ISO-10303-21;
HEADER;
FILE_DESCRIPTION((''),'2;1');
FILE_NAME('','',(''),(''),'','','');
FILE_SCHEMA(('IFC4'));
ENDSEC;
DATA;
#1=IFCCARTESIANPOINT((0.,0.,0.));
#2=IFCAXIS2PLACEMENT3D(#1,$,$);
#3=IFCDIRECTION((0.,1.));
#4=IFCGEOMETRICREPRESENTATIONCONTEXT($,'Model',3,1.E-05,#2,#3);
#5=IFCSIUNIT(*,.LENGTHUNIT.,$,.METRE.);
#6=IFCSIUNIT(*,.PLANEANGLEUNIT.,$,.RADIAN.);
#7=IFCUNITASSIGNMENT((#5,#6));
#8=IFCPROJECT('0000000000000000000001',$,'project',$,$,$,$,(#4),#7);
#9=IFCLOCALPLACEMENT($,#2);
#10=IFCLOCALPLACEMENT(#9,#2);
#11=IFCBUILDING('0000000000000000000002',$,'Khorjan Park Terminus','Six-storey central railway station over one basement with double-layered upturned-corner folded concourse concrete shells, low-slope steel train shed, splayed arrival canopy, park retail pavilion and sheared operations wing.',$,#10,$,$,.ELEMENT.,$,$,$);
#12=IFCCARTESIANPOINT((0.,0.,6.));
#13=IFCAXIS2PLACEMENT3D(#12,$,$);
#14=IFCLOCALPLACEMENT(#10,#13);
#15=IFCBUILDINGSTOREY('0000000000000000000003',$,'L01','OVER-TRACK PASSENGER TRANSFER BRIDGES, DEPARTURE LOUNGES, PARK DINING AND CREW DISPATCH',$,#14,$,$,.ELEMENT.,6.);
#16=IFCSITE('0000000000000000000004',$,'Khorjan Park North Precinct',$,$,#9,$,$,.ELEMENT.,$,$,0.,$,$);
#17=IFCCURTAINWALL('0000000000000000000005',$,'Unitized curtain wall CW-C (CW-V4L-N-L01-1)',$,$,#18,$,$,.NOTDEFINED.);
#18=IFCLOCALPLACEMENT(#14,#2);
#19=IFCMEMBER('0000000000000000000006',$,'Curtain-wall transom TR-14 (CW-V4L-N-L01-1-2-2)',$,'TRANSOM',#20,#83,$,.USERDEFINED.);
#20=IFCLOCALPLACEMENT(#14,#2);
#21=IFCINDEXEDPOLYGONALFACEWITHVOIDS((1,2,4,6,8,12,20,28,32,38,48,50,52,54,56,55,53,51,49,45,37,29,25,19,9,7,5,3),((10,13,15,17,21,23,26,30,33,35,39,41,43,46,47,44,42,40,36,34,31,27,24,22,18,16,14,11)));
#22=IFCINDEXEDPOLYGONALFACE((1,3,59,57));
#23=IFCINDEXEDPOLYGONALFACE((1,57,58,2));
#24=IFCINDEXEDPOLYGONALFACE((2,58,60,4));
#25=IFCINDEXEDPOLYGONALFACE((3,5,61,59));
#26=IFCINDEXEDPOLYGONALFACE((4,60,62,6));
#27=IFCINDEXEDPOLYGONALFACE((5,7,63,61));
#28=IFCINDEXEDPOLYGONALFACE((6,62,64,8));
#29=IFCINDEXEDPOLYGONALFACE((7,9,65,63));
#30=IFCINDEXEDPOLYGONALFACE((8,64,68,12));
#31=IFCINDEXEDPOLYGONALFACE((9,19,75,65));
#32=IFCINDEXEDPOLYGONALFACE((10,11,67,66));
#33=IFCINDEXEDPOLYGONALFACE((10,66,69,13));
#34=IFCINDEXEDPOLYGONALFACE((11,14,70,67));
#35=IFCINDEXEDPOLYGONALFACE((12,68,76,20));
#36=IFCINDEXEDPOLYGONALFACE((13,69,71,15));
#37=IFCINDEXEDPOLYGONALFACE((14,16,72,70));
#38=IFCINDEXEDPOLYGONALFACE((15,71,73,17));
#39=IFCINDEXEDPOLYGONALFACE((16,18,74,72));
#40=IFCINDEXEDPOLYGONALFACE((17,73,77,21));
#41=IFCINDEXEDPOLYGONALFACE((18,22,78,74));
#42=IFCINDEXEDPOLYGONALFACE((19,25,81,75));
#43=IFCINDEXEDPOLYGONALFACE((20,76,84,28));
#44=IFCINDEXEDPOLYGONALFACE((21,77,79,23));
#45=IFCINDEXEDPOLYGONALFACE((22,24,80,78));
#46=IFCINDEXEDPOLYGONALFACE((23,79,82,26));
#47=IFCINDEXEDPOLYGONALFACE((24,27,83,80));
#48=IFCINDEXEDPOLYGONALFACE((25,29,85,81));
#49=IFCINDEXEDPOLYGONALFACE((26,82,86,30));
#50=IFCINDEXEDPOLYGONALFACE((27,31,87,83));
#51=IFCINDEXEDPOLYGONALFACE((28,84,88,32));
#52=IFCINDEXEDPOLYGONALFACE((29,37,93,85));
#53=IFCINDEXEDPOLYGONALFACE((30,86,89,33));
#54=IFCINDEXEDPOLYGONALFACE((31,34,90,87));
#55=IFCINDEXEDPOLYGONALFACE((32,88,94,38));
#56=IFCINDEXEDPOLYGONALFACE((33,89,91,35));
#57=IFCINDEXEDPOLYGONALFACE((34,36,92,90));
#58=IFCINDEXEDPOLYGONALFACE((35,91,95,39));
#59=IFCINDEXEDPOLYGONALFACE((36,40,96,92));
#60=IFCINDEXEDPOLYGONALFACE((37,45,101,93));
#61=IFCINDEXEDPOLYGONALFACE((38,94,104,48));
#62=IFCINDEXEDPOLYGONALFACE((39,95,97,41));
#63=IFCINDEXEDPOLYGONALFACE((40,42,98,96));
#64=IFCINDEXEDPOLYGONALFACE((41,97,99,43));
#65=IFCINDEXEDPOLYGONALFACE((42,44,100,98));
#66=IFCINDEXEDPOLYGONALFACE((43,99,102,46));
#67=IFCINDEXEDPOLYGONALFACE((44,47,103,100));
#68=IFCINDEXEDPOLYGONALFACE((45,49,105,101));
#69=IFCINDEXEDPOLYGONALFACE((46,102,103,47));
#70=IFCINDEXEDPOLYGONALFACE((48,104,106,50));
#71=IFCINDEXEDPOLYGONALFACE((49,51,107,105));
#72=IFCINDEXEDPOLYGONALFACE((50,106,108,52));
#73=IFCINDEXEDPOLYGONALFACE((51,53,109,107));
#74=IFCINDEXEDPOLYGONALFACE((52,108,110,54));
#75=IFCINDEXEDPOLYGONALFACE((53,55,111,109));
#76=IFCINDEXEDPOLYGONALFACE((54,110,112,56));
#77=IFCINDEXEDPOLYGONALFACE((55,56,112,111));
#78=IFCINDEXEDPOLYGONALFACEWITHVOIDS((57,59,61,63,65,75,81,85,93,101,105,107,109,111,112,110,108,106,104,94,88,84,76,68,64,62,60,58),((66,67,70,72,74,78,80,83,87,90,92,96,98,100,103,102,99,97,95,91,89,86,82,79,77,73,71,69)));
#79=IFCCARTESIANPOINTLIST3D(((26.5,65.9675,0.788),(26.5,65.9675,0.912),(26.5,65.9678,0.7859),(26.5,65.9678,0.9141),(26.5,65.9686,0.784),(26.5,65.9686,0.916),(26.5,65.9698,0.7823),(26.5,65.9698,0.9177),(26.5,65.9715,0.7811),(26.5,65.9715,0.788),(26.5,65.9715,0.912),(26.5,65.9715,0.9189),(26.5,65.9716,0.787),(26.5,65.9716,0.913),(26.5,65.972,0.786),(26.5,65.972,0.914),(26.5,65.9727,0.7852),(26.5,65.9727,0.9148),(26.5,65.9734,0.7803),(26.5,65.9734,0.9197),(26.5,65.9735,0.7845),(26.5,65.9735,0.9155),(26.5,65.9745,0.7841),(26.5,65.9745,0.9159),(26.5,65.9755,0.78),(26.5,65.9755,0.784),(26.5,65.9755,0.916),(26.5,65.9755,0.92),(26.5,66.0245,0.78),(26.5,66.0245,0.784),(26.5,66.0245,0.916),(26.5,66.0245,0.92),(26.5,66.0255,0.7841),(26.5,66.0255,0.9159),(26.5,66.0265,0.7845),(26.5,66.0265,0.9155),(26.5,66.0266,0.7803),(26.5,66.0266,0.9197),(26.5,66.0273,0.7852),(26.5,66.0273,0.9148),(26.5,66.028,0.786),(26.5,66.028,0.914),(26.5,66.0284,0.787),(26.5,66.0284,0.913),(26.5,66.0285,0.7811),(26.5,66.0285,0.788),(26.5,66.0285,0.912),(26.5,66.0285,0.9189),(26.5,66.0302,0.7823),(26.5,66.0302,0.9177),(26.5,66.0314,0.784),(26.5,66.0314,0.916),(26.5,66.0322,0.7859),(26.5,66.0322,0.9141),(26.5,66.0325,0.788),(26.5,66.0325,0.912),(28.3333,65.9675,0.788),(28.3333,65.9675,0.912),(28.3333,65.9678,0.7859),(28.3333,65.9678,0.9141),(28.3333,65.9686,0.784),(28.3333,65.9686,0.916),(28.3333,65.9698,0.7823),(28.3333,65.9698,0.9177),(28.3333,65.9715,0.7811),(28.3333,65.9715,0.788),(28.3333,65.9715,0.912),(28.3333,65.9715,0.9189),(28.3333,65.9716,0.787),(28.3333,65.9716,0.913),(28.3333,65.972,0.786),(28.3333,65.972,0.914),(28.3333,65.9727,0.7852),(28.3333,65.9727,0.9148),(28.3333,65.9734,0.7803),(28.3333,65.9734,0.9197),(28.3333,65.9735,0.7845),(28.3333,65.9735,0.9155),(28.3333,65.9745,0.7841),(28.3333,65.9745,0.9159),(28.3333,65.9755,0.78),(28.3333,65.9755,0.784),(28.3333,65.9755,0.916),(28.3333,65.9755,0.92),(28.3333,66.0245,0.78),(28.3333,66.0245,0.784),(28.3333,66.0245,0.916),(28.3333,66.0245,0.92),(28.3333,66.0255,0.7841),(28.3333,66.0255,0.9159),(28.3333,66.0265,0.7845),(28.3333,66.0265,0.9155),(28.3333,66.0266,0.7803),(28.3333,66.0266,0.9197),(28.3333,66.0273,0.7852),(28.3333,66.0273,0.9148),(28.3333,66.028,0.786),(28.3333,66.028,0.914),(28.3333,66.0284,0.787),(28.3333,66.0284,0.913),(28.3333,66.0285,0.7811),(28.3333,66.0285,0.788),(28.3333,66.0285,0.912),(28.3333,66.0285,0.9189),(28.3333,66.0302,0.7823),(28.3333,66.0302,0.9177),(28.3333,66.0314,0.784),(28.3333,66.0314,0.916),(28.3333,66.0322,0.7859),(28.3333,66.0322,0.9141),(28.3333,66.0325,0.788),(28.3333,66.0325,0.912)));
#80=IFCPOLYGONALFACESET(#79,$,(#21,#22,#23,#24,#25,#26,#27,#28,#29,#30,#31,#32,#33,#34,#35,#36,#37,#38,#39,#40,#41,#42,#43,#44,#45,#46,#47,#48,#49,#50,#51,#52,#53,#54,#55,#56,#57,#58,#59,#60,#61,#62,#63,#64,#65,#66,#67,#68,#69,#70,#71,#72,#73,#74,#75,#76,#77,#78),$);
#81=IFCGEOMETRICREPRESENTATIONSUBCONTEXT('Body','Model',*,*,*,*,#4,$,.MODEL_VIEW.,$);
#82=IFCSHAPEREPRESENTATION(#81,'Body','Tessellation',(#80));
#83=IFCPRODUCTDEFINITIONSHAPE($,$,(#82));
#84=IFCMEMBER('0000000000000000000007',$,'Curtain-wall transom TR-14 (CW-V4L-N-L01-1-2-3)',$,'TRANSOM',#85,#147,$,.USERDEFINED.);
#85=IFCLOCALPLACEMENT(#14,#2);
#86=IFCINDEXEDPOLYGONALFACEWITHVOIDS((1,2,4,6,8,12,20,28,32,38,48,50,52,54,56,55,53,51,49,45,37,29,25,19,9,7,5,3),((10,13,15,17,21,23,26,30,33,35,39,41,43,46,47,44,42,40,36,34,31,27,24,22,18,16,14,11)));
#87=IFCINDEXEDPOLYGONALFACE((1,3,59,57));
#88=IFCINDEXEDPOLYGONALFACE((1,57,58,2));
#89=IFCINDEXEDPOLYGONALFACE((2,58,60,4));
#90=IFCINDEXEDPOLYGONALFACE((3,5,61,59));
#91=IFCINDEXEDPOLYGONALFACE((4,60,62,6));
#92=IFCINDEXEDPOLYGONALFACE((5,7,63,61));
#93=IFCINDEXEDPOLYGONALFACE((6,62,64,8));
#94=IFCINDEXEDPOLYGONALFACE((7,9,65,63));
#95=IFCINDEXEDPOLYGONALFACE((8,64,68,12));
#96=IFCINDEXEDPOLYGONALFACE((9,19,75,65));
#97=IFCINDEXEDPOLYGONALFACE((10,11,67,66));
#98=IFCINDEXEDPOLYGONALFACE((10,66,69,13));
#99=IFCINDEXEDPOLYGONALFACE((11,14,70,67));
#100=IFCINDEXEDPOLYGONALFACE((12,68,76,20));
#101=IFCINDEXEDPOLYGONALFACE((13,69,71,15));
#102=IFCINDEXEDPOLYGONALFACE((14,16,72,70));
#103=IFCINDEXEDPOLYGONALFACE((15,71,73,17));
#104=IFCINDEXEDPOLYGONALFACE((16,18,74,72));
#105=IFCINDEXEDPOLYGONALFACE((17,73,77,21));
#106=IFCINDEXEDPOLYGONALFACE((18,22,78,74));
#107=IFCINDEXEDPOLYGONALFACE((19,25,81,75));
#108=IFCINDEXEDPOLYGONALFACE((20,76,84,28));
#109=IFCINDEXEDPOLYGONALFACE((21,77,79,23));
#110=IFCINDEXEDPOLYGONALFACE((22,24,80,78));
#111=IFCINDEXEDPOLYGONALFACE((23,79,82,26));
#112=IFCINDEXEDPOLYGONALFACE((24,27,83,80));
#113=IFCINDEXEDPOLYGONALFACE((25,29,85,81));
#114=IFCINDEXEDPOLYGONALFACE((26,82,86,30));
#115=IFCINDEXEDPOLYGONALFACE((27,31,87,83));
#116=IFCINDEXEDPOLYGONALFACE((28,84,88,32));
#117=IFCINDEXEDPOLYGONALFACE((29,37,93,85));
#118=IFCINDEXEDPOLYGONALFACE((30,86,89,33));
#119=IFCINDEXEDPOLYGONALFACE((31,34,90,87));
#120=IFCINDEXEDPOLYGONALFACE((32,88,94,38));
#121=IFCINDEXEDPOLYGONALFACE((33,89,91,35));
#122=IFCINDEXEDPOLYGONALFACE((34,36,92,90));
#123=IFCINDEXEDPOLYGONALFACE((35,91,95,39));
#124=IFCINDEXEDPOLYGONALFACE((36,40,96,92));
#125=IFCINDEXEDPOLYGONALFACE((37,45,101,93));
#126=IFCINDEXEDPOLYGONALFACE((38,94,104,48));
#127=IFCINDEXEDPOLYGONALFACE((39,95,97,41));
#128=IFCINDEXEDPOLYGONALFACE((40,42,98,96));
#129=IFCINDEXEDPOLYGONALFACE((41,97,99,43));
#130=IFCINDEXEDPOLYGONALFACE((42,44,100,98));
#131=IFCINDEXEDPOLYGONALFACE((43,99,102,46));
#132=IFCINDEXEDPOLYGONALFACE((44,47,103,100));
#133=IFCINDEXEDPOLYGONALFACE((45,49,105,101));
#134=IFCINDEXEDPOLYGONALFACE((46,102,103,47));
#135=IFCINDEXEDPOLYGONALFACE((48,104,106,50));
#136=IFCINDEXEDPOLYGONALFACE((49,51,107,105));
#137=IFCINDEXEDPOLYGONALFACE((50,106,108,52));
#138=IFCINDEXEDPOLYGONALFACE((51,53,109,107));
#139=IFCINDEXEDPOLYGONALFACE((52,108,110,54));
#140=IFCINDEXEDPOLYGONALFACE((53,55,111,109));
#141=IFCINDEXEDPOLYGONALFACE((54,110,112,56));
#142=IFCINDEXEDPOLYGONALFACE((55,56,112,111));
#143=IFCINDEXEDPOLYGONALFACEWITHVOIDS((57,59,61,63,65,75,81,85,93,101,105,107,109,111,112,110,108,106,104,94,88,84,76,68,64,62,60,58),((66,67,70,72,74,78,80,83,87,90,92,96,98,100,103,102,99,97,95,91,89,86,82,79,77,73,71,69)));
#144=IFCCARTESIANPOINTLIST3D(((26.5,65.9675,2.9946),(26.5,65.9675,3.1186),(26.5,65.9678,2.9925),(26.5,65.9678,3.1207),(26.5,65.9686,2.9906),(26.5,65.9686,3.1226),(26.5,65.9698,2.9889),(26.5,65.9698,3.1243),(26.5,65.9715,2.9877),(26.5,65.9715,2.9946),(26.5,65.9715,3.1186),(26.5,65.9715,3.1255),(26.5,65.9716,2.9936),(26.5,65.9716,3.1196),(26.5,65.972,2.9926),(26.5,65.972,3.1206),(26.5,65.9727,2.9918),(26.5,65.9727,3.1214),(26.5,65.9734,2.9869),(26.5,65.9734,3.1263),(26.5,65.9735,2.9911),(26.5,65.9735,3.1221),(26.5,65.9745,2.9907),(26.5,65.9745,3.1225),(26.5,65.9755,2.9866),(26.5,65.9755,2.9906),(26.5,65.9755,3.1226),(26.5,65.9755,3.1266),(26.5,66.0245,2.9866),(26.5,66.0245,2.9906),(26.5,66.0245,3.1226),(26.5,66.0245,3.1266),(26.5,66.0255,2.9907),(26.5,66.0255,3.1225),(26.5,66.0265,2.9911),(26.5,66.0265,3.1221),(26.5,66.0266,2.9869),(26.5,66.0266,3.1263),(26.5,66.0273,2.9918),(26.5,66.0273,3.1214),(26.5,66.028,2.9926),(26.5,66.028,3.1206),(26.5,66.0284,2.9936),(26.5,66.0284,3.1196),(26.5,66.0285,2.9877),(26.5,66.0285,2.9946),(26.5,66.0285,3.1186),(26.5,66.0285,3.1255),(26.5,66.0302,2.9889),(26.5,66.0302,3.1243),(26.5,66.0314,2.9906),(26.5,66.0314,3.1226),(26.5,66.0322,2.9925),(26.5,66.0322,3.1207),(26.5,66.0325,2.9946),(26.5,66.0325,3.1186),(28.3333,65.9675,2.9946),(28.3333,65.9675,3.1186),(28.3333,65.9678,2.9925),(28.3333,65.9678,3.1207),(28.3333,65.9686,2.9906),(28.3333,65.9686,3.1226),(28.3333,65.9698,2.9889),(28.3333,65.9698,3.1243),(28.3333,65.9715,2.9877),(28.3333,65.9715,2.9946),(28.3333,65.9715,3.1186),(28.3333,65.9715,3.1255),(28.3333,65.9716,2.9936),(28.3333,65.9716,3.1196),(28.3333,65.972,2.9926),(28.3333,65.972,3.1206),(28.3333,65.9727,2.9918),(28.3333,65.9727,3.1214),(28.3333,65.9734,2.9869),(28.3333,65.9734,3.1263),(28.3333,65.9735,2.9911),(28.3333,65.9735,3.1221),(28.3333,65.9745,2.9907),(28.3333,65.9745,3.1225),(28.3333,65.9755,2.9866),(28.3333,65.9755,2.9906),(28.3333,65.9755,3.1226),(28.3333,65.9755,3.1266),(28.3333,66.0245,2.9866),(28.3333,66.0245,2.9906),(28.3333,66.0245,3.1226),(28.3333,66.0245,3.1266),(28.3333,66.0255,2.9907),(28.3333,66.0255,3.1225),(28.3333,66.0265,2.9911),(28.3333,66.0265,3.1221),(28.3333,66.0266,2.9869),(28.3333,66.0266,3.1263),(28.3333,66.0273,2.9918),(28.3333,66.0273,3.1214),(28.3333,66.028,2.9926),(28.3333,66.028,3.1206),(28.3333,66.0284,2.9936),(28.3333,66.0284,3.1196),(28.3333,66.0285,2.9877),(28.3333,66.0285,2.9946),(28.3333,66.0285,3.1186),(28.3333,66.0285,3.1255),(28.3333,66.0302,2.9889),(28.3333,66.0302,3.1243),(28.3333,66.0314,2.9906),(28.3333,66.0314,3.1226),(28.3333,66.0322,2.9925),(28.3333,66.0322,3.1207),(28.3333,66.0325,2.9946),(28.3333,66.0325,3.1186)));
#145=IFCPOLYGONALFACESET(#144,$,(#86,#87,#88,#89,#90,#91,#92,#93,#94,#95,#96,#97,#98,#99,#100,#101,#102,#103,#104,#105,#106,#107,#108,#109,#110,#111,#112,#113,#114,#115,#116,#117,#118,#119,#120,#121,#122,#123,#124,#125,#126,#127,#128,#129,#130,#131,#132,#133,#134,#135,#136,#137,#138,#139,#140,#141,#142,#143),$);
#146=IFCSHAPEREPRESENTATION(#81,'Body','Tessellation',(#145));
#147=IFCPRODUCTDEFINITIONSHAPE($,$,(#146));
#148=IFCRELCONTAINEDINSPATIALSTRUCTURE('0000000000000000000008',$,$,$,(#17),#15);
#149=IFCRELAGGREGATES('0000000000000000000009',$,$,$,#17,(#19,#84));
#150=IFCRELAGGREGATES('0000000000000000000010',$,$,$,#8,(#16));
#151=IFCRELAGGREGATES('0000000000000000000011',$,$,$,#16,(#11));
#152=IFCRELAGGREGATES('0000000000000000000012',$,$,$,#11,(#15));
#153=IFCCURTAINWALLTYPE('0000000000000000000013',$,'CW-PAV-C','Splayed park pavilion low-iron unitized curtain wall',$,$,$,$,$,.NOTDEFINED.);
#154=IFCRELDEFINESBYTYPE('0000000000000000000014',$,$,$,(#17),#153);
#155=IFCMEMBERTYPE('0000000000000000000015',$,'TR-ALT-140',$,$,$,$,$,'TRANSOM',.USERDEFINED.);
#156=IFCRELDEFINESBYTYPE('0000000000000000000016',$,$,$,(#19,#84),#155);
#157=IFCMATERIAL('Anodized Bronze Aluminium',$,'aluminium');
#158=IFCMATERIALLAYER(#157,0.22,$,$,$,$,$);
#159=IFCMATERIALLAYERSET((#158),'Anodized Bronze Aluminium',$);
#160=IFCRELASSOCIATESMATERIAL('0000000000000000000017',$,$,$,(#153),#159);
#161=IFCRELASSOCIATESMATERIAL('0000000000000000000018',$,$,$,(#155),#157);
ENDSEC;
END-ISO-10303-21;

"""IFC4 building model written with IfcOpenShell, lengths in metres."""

from ifc_helpers import new_model, si_unit, direction, frame, origin, origin_2d, place, context, subcontext, project, spatial, hollow_rectangle, extrude, material, layer, layer_set, material_profile, profile_set, type_object, element, aggregate, save


model = new_model("IFC4")

# Units and contexts
model_context = context("Model", 3, precision=1e-05, world=origin(), true_north=direction((0.0, 1.0)))
body_context = subcontext(model_context, "Body", "Model", "MODEL_VIEW")
ifc_project = project(units=[si_unit("LENGTHUNIT", "METRE"), si_unit("PLANEANGLEUNIT", "RADIAN")], contexts=[model_context])

# Site, building, storey
site_placement = place(None, origin())
site = spatial("IfcSite", under=ifc_project, at=site_placement, Name="Khorjan Park North Precinct", CompositionType="ELEMENT", RefElevation=0.0)
building_placement = place(site_placement, origin())
building = spatial("IfcBuilding", under=site, at=building_placement, Name="Khorjan Park Terminus", Description="Six-storey central railway station over one basement with double-layered upturned-corner folded concourse concrete shells, low-slope steel train shed, splayed arrival canopy, park retail pavilion and sheared operations wing.", CompositionType="ELEMENT")
storey_placement = place(building_placement, frame((0.0, 0.0, 6.0)))
storey = spatial("IfcBuildingStorey", under=building, at=storey_placement, Name="L01", Description="OVER-TRACK PASSENGER TRANSFER BRIDGES, DEPARTURE LOUNGES, PARK DINING AND CREW DISPATCH", CompositionType="ELEMENT", Elevation=6.0)

# Curtain wall, members
ifc_material_1 = material(Name="Anodized Bronze Aluminium", Category="aluminium")
ifc_layer_1 = layer(ifc_material_1, 0.22)
ifc_layer_set_1 = layer_set([ifc_layer_1], Name="Anodized Bronze Aluminium")
curtain_wall_type = type_object("IfcCurtainWallType", Name="CW-PAV-C", Description="Splayed park pavilion low-iron unitized curtain wall", PredefinedType="NOTDEFINED", material=ifc_layer_set_1)
curtain_wall_1_placement = place(storey_placement, origin())
curtain_wall_1 = element("IfcCurtainWall", 1, at=curtain_wall_1_placement, inside=storey, type_object=curtain_wall_type, Name="Unitized curtain wall CW-C (CW-V4L-N-L01-1)", PredefinedType="NOTDEFINED")
ifc_material_profile_1 = material_profile(ifc_material_1, hollow_rectangle(XDim=0.065, YDim=0.14, WallThickness=0.004, InnerFilletRadius=0.004, OuterFilletRadius=0.008, at=origin_2d()), Name="ALT 65x140x4")
ifc_profile_set_1 = profile_set([ifc_material_profile_1], Name="Anodized Bronze Aluminium")
member_type_1 = type_object("IfcMemberType", Name="TR-ALT-140", ElementType="TRANSOM", PredefinedType="USERDEFINED", material=ifc_profile_set_1)
member_1_placement = place(storey_placement, frame((28.3333, 66.0, 0.85), z_axis=(-1.0, 0.0, 0.0), x_axis=(0.0, -1.0, 0.0)))
member_1 = element("IfcMember", 2, at=member_1_placement, type_object=member_type_1, Name="Curtain-wall transom TR-14 (CW-V4L-N-L01-1-2-2)", ObjectType="TRANSOM", PredefinedType="USERDEFINED", context=body_context, shape_type="SweptSolid", body=[
    extrude(hollow_rectangle(XDim=0.065, YDim=0.14, WallThickness=0.004, InnerFilletRadius=0.004, OuterFilletRadius=0.008, at=origin_2d()), origin(), (0.0, 0.0, 1.0), 1.8333),
])
member_2_placement = place(storey_placement, frame((28.3333, 66.0, 3.0566), z_axis=(-1.0, 0.0, 0.0), x_axis=(0.0, -1.0, 0.0)))
member_2 = element("IfcMember", 3, at=member_2_placement, type_object=member_type_1, Name="Curtain-wall transom TR-14 (CW-V4L-N-L01-1-2-3)", ObjectType="TRANSOM", PredefinedType="USERDEFINED", context=body_context, shape_type="SweptSolid", body=[
    extrude(hollow_rectangle(XDim=0.065, YDim=0.14, WallThickness=0.004, InnerFilletRadius=0.004, OuterFilletRadius=0.008, at=origin_2d()), origin(), (0.0, 0.0, 1.0), 1.8333),
])

aggregate(curtain_wall_1, [member_1, member_2])

save(model, "model.ifc")
